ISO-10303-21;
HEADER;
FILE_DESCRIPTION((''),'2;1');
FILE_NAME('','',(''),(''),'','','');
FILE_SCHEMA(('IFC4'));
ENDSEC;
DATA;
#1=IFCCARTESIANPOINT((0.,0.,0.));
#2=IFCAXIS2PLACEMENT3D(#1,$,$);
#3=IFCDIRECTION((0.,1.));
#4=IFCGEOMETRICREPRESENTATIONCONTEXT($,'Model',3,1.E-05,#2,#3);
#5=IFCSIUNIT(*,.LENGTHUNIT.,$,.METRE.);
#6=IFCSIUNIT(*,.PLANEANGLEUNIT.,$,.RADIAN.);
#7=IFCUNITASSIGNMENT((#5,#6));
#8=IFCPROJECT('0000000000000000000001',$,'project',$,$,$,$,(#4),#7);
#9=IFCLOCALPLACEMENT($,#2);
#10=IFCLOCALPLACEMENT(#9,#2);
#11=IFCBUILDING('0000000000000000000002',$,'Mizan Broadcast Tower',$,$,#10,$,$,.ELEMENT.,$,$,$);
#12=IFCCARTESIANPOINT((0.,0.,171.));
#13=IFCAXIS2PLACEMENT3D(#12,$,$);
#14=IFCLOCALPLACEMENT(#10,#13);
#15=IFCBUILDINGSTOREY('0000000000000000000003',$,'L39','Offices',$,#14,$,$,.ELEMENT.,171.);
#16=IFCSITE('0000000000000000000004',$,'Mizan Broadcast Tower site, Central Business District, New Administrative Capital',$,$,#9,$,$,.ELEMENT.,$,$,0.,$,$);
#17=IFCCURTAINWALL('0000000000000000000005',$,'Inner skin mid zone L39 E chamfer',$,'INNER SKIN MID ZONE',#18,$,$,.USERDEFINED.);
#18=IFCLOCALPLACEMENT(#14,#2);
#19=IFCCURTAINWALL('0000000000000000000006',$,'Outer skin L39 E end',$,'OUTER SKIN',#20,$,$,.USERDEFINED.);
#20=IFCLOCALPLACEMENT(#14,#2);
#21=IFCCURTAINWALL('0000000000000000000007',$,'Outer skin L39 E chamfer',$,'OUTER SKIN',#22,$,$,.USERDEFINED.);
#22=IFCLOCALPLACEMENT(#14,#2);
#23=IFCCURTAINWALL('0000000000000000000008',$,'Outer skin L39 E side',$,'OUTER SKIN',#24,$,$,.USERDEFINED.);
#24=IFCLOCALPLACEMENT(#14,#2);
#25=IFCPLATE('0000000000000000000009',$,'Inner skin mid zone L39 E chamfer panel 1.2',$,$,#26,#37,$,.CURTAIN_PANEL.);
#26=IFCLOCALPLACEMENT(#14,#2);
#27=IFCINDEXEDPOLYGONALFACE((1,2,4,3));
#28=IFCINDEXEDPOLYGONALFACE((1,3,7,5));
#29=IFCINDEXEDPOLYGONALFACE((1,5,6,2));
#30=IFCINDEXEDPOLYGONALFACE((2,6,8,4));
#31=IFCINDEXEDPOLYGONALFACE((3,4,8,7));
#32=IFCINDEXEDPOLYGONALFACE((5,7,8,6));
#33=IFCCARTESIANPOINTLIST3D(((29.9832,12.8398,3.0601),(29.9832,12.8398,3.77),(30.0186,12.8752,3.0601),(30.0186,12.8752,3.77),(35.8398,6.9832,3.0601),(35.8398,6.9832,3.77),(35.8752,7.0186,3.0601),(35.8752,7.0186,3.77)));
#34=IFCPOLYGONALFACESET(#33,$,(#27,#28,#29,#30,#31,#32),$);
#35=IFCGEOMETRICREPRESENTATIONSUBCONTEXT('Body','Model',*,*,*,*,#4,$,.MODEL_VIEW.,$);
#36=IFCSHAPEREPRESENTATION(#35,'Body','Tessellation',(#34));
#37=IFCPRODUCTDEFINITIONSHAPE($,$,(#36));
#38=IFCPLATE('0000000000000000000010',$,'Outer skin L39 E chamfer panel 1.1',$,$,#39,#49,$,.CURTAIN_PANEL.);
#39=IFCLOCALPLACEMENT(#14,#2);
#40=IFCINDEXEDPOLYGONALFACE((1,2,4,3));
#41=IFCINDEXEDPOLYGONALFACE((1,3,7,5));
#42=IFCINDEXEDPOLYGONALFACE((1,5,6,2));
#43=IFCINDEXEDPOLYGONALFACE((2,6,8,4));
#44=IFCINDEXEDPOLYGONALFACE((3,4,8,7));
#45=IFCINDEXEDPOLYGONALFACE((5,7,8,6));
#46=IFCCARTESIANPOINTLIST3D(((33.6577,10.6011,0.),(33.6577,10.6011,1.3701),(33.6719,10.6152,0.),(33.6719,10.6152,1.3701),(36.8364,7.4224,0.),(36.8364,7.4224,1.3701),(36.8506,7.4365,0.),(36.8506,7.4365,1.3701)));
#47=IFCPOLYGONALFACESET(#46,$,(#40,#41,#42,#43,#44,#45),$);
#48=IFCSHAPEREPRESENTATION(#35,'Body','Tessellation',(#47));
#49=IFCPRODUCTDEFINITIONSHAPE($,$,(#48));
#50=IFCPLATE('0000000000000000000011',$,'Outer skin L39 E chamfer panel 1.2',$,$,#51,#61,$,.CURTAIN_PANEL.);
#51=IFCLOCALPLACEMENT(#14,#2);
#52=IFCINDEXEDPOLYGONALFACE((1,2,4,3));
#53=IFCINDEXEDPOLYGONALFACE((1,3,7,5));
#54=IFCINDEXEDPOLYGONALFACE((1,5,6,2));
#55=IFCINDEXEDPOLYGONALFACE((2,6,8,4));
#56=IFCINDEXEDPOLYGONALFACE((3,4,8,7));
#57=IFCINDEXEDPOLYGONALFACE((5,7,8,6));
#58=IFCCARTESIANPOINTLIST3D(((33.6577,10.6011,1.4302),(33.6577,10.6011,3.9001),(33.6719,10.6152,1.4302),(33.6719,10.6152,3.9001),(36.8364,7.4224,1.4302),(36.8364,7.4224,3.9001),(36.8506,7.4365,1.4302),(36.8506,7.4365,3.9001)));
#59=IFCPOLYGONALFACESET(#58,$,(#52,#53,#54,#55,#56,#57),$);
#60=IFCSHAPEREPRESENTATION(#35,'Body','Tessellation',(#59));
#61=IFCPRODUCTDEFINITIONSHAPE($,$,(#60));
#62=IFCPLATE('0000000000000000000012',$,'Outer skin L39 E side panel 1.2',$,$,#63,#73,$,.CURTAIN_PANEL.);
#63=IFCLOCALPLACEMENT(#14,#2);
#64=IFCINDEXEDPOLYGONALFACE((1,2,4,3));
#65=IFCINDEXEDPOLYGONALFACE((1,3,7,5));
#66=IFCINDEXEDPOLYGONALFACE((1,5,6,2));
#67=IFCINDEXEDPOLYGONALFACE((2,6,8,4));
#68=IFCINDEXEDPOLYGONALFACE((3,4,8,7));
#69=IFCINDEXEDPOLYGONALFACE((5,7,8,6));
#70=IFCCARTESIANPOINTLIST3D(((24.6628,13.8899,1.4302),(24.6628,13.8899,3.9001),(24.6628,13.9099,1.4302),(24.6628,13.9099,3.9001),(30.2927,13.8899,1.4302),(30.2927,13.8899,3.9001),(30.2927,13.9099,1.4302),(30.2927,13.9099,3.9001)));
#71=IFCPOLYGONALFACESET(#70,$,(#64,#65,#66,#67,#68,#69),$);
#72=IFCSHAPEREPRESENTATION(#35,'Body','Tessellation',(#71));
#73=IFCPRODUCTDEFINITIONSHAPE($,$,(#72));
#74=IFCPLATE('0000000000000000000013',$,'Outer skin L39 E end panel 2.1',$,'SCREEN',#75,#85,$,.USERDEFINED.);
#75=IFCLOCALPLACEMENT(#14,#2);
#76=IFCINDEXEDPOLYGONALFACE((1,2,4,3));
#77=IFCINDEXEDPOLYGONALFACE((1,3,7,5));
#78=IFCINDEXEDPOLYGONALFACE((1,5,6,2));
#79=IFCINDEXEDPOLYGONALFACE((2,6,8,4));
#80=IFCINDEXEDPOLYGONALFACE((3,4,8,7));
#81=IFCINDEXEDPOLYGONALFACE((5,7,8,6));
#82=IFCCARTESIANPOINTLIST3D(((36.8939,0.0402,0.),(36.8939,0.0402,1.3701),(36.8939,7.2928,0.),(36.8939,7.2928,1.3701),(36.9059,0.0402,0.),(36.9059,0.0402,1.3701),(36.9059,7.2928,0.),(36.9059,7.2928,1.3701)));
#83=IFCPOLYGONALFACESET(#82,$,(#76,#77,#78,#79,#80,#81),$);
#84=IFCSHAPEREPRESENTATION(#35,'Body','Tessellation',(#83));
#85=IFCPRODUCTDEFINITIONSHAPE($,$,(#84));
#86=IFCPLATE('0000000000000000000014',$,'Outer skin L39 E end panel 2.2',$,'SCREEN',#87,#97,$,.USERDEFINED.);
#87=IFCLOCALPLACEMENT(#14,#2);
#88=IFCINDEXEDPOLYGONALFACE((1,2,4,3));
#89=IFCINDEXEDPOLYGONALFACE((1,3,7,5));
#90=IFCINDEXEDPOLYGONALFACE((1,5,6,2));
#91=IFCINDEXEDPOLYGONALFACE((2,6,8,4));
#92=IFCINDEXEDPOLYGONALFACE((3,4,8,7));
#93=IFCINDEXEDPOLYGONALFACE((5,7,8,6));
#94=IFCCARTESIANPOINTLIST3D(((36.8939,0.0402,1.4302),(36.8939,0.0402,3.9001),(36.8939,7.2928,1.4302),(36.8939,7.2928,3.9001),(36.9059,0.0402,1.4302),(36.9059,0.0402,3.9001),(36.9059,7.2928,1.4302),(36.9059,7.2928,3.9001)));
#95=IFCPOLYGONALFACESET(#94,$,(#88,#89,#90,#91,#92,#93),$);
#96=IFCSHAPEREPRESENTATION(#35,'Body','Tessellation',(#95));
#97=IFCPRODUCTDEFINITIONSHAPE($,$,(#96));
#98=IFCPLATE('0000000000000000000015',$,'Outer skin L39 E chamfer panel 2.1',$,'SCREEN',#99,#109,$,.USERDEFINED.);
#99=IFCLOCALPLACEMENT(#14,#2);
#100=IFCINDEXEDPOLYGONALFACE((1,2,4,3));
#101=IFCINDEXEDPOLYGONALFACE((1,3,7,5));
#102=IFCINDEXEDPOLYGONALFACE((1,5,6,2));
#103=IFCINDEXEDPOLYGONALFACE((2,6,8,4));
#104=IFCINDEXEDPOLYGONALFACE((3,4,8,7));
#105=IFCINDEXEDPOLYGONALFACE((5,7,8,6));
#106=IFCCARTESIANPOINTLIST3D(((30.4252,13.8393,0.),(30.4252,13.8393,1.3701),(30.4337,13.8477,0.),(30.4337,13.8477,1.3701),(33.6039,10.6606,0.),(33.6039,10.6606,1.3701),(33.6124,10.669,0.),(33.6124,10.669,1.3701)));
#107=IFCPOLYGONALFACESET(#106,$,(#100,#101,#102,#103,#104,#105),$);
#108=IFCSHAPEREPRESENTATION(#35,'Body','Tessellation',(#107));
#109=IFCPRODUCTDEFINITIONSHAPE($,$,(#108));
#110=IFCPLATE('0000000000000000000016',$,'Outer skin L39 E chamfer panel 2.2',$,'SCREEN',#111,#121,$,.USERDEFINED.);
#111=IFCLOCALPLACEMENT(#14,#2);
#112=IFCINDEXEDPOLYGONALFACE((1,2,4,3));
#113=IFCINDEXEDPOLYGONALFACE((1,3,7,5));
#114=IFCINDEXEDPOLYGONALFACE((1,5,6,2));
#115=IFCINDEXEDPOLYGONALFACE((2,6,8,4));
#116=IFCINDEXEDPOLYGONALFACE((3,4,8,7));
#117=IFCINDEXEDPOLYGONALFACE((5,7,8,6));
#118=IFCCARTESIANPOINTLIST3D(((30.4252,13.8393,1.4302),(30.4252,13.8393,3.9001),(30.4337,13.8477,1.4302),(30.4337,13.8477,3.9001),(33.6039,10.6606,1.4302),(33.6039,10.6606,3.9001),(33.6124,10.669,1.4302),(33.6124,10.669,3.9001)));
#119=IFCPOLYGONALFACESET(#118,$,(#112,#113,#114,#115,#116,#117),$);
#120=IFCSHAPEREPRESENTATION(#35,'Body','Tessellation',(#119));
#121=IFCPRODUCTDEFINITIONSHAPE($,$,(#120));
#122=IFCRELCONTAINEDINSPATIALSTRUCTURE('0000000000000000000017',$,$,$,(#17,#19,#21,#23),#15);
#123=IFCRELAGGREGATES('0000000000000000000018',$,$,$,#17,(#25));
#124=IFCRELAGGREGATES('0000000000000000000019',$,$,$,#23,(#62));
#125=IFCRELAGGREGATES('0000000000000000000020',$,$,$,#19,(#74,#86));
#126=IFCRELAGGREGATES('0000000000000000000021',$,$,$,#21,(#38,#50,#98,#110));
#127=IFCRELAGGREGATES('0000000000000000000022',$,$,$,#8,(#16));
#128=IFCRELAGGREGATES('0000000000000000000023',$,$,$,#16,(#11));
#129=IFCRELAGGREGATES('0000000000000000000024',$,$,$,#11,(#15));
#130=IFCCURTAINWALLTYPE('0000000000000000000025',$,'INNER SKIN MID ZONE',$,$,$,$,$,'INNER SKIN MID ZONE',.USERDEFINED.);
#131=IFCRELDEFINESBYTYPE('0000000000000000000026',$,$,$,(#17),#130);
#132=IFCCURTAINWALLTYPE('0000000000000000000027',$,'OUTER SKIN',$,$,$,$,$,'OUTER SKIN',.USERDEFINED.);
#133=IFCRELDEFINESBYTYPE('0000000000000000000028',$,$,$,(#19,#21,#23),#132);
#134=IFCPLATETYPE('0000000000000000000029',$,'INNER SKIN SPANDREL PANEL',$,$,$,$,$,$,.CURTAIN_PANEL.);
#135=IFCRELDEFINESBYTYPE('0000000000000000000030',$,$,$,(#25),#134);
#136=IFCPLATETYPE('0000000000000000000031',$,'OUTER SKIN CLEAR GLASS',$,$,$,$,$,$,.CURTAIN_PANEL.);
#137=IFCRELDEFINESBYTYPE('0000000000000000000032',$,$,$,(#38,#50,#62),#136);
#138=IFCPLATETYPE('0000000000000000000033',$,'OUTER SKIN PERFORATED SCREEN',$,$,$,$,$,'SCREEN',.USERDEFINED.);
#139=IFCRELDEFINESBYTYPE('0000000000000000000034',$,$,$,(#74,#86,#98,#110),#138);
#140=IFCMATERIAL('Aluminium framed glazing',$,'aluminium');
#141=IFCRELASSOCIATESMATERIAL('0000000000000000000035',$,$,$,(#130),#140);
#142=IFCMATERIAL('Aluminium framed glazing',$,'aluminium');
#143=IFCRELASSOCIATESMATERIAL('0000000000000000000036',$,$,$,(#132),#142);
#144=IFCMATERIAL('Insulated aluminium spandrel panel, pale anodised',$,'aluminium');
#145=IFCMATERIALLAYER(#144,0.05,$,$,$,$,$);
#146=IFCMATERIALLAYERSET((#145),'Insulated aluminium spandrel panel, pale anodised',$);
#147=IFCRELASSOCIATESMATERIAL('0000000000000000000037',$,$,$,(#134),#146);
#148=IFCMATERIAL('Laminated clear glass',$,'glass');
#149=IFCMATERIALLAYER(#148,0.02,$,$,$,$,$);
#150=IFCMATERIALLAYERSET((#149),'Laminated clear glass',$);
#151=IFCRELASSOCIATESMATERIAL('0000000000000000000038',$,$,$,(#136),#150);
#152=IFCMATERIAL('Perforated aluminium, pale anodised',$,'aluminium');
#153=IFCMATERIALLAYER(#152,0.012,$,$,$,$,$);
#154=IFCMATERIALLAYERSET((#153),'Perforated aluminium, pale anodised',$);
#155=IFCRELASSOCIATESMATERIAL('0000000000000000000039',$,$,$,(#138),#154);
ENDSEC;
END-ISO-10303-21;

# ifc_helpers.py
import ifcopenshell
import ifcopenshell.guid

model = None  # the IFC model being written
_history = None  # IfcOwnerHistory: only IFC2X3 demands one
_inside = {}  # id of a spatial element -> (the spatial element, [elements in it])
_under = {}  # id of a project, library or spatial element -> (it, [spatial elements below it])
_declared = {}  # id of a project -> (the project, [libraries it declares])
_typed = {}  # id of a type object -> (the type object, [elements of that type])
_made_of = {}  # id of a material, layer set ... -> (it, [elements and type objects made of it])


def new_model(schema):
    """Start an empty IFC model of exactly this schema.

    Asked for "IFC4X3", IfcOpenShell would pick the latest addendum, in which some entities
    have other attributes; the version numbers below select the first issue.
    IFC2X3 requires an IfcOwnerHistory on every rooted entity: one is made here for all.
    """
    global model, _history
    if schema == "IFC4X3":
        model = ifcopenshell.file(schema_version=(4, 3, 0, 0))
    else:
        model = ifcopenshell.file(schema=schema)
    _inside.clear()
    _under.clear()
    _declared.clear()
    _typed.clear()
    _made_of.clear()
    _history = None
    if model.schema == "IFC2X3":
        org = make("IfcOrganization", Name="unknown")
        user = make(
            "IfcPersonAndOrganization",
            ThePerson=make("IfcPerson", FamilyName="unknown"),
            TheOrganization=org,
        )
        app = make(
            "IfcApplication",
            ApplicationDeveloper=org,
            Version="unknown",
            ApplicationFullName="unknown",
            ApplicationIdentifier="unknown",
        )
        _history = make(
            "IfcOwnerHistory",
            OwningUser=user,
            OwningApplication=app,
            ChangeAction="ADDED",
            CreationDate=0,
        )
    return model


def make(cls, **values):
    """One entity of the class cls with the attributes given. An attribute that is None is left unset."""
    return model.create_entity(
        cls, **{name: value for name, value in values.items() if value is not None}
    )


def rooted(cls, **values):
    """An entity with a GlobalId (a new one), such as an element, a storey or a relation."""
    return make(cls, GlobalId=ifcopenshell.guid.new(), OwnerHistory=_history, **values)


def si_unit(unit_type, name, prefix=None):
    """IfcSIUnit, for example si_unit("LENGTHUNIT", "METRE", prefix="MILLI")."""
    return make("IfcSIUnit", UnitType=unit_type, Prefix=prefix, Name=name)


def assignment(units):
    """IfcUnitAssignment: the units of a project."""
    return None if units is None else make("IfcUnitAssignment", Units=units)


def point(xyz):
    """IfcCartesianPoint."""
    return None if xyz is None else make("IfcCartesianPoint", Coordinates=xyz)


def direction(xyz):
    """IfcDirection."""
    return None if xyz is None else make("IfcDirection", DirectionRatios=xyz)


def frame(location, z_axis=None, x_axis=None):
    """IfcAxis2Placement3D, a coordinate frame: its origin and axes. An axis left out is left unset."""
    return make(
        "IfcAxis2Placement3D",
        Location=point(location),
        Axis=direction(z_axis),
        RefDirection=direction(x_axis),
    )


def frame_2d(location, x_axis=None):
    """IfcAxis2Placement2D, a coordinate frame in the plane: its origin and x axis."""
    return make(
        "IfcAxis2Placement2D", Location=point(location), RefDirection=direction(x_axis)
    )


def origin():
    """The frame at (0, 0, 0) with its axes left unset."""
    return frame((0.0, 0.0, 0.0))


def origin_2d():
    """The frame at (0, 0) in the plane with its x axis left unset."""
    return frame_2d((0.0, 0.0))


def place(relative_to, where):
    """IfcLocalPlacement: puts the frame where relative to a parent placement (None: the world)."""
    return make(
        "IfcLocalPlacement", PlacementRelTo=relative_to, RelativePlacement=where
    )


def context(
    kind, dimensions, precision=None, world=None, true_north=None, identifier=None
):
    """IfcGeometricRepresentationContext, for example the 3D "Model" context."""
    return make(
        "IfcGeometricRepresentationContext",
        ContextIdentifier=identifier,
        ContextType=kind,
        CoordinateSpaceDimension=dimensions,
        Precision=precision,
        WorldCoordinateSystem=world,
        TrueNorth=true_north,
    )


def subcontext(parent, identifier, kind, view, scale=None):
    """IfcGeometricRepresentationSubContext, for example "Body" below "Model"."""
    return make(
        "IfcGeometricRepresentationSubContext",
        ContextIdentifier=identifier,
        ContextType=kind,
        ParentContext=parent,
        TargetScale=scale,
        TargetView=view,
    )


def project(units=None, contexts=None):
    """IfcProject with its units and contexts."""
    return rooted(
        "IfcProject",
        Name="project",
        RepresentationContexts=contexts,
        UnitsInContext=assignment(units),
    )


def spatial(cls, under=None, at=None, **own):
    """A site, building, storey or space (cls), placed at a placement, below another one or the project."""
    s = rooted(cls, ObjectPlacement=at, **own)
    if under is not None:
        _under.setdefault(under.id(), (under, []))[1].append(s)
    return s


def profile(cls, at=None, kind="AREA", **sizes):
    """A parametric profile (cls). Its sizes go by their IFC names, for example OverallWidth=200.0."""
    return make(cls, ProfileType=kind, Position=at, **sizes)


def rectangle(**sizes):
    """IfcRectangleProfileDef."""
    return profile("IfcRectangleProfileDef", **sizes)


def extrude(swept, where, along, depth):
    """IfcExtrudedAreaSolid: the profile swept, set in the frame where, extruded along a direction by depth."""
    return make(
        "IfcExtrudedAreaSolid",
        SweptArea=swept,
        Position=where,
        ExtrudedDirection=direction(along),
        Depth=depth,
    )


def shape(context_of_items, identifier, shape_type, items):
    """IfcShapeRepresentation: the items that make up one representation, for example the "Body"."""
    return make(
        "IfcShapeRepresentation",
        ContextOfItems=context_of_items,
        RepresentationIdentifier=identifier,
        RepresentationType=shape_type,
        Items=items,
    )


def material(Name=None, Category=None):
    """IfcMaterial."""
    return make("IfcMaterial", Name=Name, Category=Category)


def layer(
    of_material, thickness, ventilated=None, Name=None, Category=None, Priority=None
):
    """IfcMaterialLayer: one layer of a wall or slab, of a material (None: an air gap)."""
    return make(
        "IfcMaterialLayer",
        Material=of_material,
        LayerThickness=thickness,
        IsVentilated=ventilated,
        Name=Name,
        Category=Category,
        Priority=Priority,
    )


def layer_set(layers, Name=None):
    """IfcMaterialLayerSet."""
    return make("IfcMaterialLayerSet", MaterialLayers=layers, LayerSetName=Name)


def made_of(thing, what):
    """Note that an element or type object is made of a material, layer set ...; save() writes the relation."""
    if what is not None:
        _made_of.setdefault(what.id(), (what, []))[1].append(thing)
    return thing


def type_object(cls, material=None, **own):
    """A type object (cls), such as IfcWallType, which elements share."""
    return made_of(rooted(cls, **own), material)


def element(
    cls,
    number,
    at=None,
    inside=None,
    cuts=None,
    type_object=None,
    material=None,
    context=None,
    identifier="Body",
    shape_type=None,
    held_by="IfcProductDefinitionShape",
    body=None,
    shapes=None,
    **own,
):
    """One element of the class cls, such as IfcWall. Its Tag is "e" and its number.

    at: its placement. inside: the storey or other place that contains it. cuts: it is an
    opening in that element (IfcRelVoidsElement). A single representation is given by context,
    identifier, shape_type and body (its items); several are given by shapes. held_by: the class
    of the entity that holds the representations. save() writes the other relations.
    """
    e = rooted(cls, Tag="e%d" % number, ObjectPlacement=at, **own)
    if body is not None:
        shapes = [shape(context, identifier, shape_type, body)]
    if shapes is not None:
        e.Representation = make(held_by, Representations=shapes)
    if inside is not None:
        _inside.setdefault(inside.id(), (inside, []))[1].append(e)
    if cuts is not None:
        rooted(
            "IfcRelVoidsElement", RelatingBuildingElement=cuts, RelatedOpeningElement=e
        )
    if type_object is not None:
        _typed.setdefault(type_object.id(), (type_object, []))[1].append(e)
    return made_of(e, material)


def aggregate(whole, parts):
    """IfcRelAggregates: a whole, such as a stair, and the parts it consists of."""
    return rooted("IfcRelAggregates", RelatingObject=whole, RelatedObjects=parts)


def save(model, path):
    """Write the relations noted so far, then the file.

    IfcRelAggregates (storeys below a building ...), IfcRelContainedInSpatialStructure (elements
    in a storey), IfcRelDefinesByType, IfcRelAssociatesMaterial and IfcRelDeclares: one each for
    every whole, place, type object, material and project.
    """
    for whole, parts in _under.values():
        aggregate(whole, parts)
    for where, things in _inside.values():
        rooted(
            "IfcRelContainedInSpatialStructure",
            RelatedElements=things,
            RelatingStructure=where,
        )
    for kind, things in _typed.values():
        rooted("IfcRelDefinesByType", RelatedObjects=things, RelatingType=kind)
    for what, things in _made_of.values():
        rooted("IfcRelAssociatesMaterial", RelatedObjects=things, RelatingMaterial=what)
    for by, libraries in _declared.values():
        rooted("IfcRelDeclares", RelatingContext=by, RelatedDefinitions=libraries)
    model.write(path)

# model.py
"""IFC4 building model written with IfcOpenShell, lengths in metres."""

from ifc_helpers import new_model, si_unit, direction, frame, origin, origin_2d, place, context, subcontext, project, spatial, rectangle, extrude, material, layer, layer_set, type_object, element, aggregate, save


model = new_model("IFC4")

# Units and contexts
model_context = context("Model", 3, precision=1e-05, world=origin(), true_north=direction((0.0, 1.0)))
body_context = subcontext(model_context, "Body", "Model", "MODEL_VIEW")
ifc_project = project(units=[si_unit("LENGTHUNIT", "METRE"), si_unit("PLANEANGLEUNIT", "RADIAN")], contexts=[model_context])

# Site, building, storey
site_placement = place(None, origin())
site = spatial("IfcSite", under=ifc_project, at=site_placement, Name="Mizan Broadcast Tower site, Central Business District, New Administrative Capital", CompositionType="ELEMENT", RefElevation=0.0)
building_placement = place(site_placement, origin())
building = spatial("IfcBuilding", under=site, at=building_placement, Name="Mizan Broadcast Tower", CompositionType="ELEMENT")
storey_placement = place(building_placement, frame((0.0, 0.0, 171.0)))
storey = spatial("IfcBuildingStorey", under=building, at=storey_placement, Name="L39", Description="Offices", CompositionType="ELEMENT", Elevation=171.0)

# Shared definitions
ifc_material_1 = material(Name="Aluminium framed glazing", Category="aluminium")
curtain_wall_type_1 = type_object("IfcCurtainWallType", Name="INNER SKIN MID ZONE", ElementType="INNER SKIN MID ZONE", PredefinedType="USERDEFINED", material=ifc_material_1)

# Curtain wall
curtain_wall_1_placement = place(storey_placement, origin())
curtain_wall_1 = element("IfcCurtainWall", 1, at=curtain_wall_1_placement, inside=storey, type_object=curtain_wall_type_1, Name="Inner skin mid zone L39 E chamfer", ObjectType="INNER SKIN MID ZONE", PredefinedType="USERDEFINED")

# Curtain walls
ifc_material_2 = material(Name="Aluminium framed glazing", Category="aluminium")
curtain_wall_type_2 = type_object("IfcCurtainWallType", Name="OUTER SKIN", ElementType="OUTER SKIN", PredefinedType="USERDEFINED", material=ifc_material_2)
curtain_wall_2_placement = place(storey_placement, origin())
curtain_wall_2 = element("IfcCurtainWall", 2, at=curtain_wall_2_placement, inside=storey, type_object=curtain_wall_type_2, Name="Outer skin L39 E end", ObjectType="OUTER SKIN", PredefinedType="USERDEFINED")
curtain_wall_3_placement = place(storey_placement, origin())
curtain_wall_3 = element("IfcCurtainWall", 3, at=curtain_wall_3_placement, inside=storey, type_object=curtain_wall_type_2, Name="Outer skin L39 E chamfer", ObjectType="OUTER SKIN", PredefinedType="USERDEFINED")

# Curtain wall
curtain_wall_4_placement = place(storey_placement, origin())
curtain_wall_4 = element("IfcCurtainWall", 4, at=curtain_wall_4_placement, inside=storey, type_object=curtain_wall_type_2, Name="Outer skin L39 E side", ObjectType="OUTER SKIN", PredefinedType="USERDEFINED")

# Plates
ifc_material_3 = material(Name="Insulated aluminium spandrel panel, pale anodised", Category="aluminium")
ifc_layer_1 = layer(ifc_material_3, 0.05)
ifc_layer_set_1 = layer_set([ifc_layer_1], Name="Insulated aluminium spandrel panel, pale anodised")
plate_type_1 = type_object("IfcPlateType", Name="INNER SKIN SPANDREL PANEL", PredefinedType="CURTAIN_PANEL", material=ifc_layer_set_1)
plate_1_placement = place(storey_placement, frame((32.9292, 9.9292, 3.0601), z_axis=(0.0, 0.0, 1.0), x_axis=(-0.707107, 0.707107, 0.0)))
plate_1 = element("IfcPlate", 5, at=plate_1_placement, type_object=plate_type_1, Name="Inner skin mid zone L39 E chamfer panel 1.2", PredefinedType="CURTAIN_PANEL", context=body_context, shape_type="SweptSolid", body=[
    extrude(rectangle(XDim=8.2825, YDim=0.05, at=origin_2d()), origin(), (0.0, 0.0, 1.0), 0.71),
])
aggregate(curtain_wall_1, [plate_1])
ifc_material_4 = material(Name="Laminated clear glass", Category="glass")
ifc_layer_2 = layer(ifc_material_4, 0.02)
ifc_layer_set_2 = layer_set([ifc_layer_2], Name="Laminated clear glass")
plate_type_2 = type_object("IfcPlateType", Name="OUTER SKIN CLEAR GLASS", PredefinedType="CURTAIN_PANEL", material=ifc_layer_set_2)
plate_2_placement = place(storey_placement, frame((35.2542, 9.0188, 0.0), z_axis=(0.0, 0.0, 1.0), x_axis=(-0.707107, 0.707107, 0.0)))
plate_2 = element("IfcPlate", 6, at=plate_2_placement, type_object=plate_type_2, Name="Outer skin L39 E chamfer panel 1.1", PredefinedType="CURTAIN_PANEL", context=body_context, shape_type="SweptSolid", body=[
    extrude(rectangle(XDim=4.4954, YDim=0.02, at=origin_2d()), origin(), (0.0, 0.0, 1.0), 1.3701),
])
plate_3_placement = place(storey_placement, frame((35.2542, 9.0188, 1.4302), z_axis=(0.0, 0.0, 1.0), x_axis=(-0.707107, 0.707107, 0.0)))
plate_3 = element("IfcPlate", 7, at=plate_3_placement, type_object=plate_type_2, Name="Outer skin L39 E chamfer panel 1.2", PredefinedType="CURTAIN_PANEL", context=body_context, shape_type="SweptSolid", body=[
    extrude(rectangle(XDim=4.4954, YDim=0.02, at=origin_2d()), origin(), (0.0, 0.0, 1.0), 2.47),
])
plate_4_placement = place(storey_placement, frame((27.4778, 13.8999, 1.4302), z_axis=(0.0, 0.0, 1.0), x_axis=(-1.0, 0.0, 0.0)))
plate_4 = element("IfcPlate", 8, at=plate_4_placement, type_object=plate_type_2, Name="Outer skin L39 E side panel 1.2", PredefinedType="CURTAIN_PANEL", context=body_context, shape_type="SweptSolid", body=[
    extrude(rectangle(XDim=5.6299, YDim=0.02, at=origin_2d()), origin(), (0.0, 0.0, 1.0), 2.47),
])
aggregate(curtain_wall_4, [plate_4])
ifc_material_5 = material(Name="Perforated aluminium, pale anodised", Category="aluminium")
ifc_layer_3 = layer(ifc_material_5, 0.012)
ifc_layer_set_3 = layer_set([ifc_layer_3], Name="Perforated aluminium, pale anodised")
plate_type_3 = type_object("IfcPlateType", Name="OUTER SKIN PERFORATED SCREEN", ElementType="SCREEN", PredefinedType="USERDEFINED", material=ifc_layer_set_3)
plate_5_placement = place(storey_placement, frame((36.8999, 3.6665, 0.0), z_axis=(0.0, 0.0, 1.0), x_axis=(0.0, 1.0, 0.0)))
plate_5 = element("IfcPlate", 9, at=plate_5_placement, type_object=plate_type_3, Name="Outer skin L39 E end panel 2.1", ObjectType="SCREEN", PredefinedType="USERDEFINED", context=body_context, shape_type="SweptSolid", body=[
    extrude(rectangle(XDim=7.2527, YDim=0.012, at=origin_2d()), origin(), (0.0, 0.0, 1.0), 1.3701),
])
plate_6_placement = place(storey_placement, frame((36.8999, 3.6665, 1.4302), z_axis=(0.0, 0.0, 1.0), x_axis=(0.0, 1.0, 0.0)))
plate_6 = element("IfcPlate", 10, at=plate_6_placement, type_object=plate_type_3, Name="Outer skin L39 E end panel 2.2", ObjectType="SCREEN", PredefinedType="USERDEFINED", context=body_context, shape_type="SweptSolid", body=[
    extrude(rectangle(XDim=7.2527, YDim=0.012, at=origin_2d()), origin(), (0.0, 0.0, 1.0), 2.47),
])
aggregate(curtain_wall_2, [plate_5, plate_6])
plate_7_placement = place(storey_placement, frame((32.0188, 12.2542, 0.0), z_axis=(0.0, 0.0, 1.0), x_axis=(-0.707107, 0.707107, 0.0)))
plate_7 = element("IfcPlate", 11, at=plate_7_placement, type_object=plate_type_3, Name="Outer skin L39 E chamfer panel 2.1", ObjectType="SCREEN", PredefinedType="USERDEFINED", context=body_context, shape_type="SweptSolid", body=[
    extrude(rectangle(XDim=4.4954, YDim=0.012, at=origin_2d()), origin(), (0.0, 0.0, 1.0), 1.3701),
])
plate_8_placement = place(storey_placement, frame((32.0188, 12.2542, 1.4302), z_axis=(0.0, 0.0, 1.0), x_axis=(-0.707107, 0.707107, 0.0)))
plate_8 = element("IfcPlate", 12, at=plate_8_placement, type_object=plate_type_3, Name="Outer skin L39 E chamfer panel 2.2", ObjectType="SCREEN", PredefinedType="USERDEFINED", context=body_context, shape_type="SweptSolid", body=[
    extrude(rectangle(XDim=4.4954, YDim=0.012, at=origin_2d()), origin(), (0.0, 0.0, 1.0), 2.47),
])
aggregate(curtain_wall_3, [plate_2, plate_3, plate_7, plate_8])

save(model, "model.ifc")
